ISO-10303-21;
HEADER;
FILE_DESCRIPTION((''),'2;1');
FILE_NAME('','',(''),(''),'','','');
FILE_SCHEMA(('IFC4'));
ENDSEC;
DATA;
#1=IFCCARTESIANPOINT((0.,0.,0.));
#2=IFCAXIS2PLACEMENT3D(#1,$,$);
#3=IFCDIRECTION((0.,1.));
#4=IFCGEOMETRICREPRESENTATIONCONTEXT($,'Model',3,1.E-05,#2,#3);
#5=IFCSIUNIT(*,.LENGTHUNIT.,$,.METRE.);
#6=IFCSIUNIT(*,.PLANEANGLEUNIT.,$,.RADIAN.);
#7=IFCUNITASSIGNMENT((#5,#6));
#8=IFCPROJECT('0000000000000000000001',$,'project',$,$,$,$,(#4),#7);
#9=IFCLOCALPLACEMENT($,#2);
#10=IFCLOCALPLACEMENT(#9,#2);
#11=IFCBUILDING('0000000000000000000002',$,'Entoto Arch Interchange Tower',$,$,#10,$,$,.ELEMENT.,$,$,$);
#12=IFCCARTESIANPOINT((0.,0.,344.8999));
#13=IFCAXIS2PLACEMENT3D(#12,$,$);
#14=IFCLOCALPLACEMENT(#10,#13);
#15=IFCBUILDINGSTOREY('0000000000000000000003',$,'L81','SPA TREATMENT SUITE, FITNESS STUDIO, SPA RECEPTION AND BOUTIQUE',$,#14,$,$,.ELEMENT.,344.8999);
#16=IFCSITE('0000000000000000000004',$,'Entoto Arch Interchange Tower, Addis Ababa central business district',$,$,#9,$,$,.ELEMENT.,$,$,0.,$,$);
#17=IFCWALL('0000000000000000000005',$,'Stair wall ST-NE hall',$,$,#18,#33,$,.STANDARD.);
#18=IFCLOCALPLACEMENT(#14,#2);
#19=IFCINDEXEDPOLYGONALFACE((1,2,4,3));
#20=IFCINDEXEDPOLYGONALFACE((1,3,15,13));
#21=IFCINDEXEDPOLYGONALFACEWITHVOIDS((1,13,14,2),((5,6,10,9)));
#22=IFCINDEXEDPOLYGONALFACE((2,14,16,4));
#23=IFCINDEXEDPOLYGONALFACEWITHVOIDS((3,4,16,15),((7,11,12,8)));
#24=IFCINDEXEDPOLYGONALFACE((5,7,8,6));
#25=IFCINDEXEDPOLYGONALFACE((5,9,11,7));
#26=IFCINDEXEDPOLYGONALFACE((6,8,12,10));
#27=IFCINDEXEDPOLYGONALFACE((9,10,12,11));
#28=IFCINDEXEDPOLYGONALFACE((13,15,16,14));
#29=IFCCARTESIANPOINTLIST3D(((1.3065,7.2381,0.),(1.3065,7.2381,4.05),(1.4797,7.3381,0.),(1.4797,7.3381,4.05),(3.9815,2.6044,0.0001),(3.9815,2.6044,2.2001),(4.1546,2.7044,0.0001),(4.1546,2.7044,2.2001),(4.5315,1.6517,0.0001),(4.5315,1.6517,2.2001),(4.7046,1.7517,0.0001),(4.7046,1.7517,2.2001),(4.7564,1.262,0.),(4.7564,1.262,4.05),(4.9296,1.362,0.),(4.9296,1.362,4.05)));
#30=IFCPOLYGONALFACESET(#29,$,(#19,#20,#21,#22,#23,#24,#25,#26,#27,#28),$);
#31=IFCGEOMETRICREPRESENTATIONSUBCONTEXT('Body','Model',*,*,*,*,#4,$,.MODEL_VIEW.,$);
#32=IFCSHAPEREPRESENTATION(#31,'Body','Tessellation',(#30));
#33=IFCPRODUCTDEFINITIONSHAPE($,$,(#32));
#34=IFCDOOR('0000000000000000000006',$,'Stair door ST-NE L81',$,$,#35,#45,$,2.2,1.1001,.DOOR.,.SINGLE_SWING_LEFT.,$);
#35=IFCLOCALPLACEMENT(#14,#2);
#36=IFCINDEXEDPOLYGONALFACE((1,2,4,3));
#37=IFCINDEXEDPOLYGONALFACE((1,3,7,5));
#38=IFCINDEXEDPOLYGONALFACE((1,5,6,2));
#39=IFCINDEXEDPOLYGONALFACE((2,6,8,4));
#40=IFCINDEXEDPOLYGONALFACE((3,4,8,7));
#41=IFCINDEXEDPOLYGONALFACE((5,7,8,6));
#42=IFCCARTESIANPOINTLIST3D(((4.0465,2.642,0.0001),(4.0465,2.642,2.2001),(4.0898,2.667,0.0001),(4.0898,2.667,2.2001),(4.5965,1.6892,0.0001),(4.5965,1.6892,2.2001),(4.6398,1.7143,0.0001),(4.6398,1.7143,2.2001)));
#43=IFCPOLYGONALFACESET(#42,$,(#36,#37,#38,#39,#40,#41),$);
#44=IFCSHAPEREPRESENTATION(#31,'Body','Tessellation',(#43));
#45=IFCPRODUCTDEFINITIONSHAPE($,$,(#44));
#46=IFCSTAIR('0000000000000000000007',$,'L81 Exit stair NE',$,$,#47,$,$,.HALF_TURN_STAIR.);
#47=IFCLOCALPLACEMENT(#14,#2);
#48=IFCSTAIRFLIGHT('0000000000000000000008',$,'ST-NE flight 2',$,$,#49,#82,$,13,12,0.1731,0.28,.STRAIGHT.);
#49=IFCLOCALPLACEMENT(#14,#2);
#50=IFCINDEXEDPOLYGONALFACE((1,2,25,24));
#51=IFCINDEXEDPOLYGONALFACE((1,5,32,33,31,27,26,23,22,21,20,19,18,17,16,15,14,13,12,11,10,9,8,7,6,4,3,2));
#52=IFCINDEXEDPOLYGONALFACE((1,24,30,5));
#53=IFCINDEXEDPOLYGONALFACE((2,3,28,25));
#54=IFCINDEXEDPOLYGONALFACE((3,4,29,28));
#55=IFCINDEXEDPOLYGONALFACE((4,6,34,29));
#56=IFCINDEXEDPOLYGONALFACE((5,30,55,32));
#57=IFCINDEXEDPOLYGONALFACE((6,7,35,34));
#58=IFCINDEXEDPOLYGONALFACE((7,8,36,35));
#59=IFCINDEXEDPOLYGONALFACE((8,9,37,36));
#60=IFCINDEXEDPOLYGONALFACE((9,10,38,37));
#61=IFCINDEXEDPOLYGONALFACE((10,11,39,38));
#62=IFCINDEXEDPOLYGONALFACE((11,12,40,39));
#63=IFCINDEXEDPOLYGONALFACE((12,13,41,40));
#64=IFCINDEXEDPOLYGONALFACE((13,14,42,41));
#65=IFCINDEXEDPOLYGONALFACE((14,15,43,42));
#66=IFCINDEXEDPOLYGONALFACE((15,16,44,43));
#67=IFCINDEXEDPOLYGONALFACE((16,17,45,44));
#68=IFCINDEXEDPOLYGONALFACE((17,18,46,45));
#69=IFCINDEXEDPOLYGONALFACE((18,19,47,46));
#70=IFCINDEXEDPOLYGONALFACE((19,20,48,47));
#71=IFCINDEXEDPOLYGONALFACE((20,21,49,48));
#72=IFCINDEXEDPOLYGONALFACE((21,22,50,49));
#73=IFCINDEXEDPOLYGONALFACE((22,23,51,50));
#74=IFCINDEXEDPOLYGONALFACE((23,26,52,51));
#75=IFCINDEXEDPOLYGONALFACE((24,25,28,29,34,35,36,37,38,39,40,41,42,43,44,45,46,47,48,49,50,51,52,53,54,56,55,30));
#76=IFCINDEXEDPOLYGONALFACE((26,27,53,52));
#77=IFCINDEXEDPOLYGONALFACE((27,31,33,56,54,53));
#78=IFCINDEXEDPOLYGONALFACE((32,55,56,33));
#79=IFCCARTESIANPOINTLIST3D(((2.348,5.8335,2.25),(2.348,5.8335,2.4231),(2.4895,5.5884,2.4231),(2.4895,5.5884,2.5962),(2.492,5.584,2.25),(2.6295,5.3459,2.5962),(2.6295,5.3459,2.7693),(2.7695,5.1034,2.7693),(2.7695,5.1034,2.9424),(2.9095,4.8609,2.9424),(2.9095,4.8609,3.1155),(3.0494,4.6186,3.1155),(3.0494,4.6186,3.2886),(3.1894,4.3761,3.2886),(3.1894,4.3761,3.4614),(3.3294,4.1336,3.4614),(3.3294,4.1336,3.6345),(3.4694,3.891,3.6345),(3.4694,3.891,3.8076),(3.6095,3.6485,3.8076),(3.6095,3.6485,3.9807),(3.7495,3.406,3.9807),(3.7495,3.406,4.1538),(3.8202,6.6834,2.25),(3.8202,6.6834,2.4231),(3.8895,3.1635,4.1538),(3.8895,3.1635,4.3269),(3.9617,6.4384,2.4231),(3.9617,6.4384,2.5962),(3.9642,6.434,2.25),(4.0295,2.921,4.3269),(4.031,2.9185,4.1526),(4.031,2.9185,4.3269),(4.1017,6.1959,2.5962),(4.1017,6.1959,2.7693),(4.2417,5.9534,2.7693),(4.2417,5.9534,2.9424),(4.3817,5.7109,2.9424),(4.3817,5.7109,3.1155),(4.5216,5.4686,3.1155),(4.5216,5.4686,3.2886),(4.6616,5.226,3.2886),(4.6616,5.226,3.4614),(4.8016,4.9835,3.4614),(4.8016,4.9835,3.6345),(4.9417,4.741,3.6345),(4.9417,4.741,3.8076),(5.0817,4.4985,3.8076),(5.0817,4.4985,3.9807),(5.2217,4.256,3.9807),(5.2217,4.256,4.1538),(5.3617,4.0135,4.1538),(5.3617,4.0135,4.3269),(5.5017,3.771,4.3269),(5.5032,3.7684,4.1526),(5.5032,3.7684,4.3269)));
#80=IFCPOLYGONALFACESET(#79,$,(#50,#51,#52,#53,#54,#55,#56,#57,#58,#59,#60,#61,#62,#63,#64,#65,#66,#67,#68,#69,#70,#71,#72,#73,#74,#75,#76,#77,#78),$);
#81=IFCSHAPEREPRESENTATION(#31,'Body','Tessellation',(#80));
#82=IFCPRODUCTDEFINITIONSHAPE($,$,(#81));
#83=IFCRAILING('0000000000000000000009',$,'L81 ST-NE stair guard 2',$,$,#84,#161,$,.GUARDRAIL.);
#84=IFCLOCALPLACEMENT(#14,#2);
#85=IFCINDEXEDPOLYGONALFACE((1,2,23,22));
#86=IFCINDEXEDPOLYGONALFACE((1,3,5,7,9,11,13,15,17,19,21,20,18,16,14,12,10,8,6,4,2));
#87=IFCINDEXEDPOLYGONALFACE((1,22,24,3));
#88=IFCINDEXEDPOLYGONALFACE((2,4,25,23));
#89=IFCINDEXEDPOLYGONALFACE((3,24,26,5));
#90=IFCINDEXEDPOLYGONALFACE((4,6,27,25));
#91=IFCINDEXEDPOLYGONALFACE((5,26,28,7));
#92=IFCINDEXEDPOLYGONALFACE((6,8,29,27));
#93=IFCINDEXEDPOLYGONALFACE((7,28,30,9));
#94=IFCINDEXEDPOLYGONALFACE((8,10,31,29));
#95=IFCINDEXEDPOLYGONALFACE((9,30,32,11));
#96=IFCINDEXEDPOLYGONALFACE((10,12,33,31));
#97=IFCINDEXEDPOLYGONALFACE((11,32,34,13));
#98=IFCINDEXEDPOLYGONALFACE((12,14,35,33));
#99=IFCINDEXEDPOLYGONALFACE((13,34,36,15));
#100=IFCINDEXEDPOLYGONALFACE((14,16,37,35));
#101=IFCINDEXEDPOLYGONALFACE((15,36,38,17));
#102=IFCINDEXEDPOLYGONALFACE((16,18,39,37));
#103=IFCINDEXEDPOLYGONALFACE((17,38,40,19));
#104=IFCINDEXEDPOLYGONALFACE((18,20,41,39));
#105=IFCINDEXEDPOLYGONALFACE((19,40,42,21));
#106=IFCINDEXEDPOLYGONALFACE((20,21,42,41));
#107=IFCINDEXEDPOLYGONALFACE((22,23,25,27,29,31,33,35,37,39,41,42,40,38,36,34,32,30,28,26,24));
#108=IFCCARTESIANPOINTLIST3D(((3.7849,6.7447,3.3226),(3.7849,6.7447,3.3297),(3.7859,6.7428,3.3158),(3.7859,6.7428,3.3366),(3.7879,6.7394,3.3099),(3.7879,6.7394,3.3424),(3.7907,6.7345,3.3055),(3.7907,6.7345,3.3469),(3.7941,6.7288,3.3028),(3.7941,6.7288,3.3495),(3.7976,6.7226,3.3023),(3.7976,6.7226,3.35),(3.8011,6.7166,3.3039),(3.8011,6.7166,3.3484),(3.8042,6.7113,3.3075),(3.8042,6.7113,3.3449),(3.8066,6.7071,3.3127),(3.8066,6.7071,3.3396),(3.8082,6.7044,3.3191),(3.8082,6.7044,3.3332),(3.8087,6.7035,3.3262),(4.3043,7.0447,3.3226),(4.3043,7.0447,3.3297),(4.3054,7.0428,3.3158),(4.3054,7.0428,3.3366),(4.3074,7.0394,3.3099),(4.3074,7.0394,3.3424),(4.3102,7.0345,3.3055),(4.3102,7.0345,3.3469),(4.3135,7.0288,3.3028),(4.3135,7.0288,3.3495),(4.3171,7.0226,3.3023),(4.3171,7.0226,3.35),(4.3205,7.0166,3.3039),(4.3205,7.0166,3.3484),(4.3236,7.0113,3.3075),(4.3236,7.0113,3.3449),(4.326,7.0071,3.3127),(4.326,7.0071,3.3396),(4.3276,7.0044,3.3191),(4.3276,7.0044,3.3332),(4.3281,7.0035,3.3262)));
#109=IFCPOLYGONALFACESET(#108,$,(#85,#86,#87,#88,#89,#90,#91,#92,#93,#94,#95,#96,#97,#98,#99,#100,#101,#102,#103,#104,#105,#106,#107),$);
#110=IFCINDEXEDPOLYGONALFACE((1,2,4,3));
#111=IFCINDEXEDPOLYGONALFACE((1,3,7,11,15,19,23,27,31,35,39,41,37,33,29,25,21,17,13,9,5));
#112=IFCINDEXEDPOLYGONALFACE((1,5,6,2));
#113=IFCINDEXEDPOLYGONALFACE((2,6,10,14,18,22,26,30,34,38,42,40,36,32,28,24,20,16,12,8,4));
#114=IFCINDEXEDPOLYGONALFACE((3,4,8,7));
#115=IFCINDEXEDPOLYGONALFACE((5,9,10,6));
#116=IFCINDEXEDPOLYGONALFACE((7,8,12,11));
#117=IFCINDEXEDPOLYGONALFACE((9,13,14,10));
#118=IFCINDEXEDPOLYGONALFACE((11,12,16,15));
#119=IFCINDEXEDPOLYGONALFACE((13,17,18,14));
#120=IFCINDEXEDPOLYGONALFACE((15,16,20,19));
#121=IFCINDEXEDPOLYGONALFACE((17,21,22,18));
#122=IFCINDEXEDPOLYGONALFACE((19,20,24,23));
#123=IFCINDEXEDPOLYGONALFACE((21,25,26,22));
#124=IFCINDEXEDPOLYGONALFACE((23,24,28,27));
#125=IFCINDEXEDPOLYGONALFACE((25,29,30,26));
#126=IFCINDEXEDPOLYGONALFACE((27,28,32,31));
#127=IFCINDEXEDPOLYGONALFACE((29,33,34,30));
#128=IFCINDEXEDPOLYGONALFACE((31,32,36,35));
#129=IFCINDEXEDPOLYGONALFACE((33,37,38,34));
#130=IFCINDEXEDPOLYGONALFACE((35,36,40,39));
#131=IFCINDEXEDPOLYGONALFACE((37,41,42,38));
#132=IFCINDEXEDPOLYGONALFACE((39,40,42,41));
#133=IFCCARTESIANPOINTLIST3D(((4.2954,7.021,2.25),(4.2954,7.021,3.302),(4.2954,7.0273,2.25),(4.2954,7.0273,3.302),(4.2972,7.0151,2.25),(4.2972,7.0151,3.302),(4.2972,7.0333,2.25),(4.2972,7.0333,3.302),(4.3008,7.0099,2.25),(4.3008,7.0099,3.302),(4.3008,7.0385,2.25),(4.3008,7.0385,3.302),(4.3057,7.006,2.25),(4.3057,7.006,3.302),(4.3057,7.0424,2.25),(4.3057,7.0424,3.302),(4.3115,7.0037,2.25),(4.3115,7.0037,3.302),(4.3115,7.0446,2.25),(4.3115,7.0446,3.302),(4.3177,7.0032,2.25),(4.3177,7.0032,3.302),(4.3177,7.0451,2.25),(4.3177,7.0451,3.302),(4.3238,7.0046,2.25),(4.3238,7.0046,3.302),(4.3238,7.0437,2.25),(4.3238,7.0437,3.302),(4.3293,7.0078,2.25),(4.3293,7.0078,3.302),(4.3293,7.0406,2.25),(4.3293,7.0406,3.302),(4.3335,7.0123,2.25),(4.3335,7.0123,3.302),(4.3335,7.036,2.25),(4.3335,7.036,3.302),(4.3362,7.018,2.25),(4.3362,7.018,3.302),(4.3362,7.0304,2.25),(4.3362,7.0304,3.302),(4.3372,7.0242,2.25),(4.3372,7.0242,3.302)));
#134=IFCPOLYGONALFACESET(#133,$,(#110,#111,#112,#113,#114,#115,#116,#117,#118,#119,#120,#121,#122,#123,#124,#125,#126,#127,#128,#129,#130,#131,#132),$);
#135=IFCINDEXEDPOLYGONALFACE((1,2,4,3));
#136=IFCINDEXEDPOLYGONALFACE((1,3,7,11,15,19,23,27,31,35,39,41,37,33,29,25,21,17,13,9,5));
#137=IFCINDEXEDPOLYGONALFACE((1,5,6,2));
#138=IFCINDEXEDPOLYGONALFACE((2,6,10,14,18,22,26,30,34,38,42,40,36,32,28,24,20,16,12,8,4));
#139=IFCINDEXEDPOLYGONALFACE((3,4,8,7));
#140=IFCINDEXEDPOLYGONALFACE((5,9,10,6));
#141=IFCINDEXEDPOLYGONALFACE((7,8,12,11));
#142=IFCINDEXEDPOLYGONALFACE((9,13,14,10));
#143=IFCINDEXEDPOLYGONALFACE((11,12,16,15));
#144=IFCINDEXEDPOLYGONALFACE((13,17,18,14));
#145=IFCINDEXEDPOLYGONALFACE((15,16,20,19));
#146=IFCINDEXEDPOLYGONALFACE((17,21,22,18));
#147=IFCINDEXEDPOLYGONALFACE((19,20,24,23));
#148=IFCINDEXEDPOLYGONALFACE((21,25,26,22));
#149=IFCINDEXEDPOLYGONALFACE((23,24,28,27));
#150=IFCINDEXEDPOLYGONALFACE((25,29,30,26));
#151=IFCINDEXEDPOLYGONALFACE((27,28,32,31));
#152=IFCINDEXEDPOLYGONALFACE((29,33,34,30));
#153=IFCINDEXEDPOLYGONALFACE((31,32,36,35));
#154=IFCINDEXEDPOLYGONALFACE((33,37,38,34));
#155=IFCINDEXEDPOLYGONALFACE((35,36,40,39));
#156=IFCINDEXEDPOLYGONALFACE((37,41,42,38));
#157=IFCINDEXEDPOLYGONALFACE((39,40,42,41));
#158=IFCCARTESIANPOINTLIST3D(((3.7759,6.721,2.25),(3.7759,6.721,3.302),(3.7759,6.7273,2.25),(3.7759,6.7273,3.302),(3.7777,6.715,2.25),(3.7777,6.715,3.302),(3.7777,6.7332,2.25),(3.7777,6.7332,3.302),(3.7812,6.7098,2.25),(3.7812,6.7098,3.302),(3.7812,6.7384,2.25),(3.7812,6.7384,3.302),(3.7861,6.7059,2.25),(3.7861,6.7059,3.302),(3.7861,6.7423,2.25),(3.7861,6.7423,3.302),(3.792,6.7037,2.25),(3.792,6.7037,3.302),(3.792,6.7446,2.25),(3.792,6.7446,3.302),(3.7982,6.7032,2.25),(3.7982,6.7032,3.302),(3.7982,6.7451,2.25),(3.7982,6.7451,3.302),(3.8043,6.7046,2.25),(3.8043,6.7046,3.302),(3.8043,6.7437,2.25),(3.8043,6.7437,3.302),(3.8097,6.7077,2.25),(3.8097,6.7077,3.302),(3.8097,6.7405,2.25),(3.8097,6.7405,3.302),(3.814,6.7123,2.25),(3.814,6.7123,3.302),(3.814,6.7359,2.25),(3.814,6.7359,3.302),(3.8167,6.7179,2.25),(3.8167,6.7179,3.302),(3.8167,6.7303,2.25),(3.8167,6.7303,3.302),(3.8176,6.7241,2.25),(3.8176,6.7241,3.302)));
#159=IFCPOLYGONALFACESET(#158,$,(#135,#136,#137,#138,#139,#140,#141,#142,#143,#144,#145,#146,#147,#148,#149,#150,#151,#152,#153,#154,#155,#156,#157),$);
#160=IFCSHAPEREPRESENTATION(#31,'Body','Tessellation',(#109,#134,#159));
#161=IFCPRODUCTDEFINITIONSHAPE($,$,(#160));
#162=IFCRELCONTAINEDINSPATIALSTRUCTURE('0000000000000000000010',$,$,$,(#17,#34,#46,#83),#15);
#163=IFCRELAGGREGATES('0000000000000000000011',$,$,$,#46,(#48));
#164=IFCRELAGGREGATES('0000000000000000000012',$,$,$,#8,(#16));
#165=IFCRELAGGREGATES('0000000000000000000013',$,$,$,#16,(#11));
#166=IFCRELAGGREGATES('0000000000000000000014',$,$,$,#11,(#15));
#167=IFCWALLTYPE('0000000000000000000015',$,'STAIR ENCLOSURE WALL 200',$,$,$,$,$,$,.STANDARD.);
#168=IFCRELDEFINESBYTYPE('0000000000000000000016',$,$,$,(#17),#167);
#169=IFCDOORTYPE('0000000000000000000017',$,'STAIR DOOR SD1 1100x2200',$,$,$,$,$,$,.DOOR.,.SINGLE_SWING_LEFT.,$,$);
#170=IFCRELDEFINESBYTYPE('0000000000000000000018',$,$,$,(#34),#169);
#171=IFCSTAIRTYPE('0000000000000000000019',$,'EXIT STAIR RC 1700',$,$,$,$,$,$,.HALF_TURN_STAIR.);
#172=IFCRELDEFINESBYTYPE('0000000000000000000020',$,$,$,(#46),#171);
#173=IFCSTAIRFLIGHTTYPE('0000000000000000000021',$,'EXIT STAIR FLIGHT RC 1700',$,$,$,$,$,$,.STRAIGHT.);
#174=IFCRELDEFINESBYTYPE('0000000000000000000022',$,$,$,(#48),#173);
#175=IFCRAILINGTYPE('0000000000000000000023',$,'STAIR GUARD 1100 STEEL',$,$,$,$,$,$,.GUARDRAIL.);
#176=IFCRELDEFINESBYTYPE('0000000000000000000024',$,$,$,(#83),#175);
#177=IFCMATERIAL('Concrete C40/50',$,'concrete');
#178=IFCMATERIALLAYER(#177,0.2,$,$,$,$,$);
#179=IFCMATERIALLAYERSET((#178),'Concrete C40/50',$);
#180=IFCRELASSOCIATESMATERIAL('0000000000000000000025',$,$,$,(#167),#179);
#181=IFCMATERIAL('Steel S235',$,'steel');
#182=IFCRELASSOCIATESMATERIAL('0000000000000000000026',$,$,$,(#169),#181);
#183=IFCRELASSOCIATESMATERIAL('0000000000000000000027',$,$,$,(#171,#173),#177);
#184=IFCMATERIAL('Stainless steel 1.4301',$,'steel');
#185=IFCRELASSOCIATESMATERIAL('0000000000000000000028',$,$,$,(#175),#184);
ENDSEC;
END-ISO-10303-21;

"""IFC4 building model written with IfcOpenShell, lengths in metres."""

from ifc_helpers import new_model, si_unit, direction, frame, frame_2d, origin, origin_2d, place, context, subcontext, project, spatial, polyline, rectangle, circle, outline, extrude, material, layer, layer_set, type_object, element, fill, aggregate, save


model = new_model("IFC4")

# Units and contexts
model_context = context("Model", 3, precision=1e-05, world=origin(), true_north=direction((0.0, 1.0)))
body_context = subcontext(model_context, "Body", "Model", "MODEL_VIEW")
ifc_project = project(units=[si_unit("LENGTHUNIT", "METRE"), si_unit("PLANEANGLEUNIT", "RADIAN")], contexts=[model_context])

# Site, building, storey
site_placement = place(None, origin())
site = spatial("IfcSite", under=ifc_project, at=site_placement, Name="Entoto Arch Interchange Tower, Addis Ababa central business district", CompositionType="ELEMENT", RefElevation=0.0)
building_placement = place(site_placement, origin())
building = spatial("IfcBuilding", under=site, at=building_placement, Name="Entoto Arch Interchange Tower", CompositionType="ELEMENT")
storey_placement = place(building_placement, frame((0.0, 0.0, 344.8999)))
storey = spatial("IfcBuildingStorey", under=building, at=storey_placement, Name="L81", Description="SPA TREATMENT SUITE, FITNESS STUDIO, SPA RECEPTION AND BOUTIQUE", CompositionType="ELEMENT", Elevation=344.8999)

# Shared definitions
ifc_material_1 = material(Name="Concrete C40/50", Category="concrete")

# Shared definitions
ifc_layer_1 = layer(ifc_material_1, 0.2)
ifc_layer_set_1 = layer_set([ifc_layer_1], Name="Concrete C40/50")
wall_type_1 = type_object("IfcWallType", Name="STAIR ENCLOSURE WALL 200", PredefinedType="STANDARD", material=ifc_layer_set_1)
ifc_material_2 = material(Name="Steel S235", Category="steel")
door_type_1 = type_object("IfcDoorType", Name="STAIR DOOR SD1 1100x2200", OperationType="SINGLE_SWING_LEFT", PredefinedType="DOOR", material=ifc_material_2)

# Wall, opening, door
wall_1_placement = place(storey_placement, frame((4.843, 1.312, 0.0), z_axis=(0.0, 0.0, 1.0), x_axis=(-0.499963, 0.866047, 0.0)))
wall_1 = element("IfcWall", 1, at=wall_1_placement, inside=storey, type_object=wall_type_1, Name="Stair wall ST-NE hall", PredefinedType="STANDARD", context=body_context, shape_type="SweptSolid", body=[
    extrude(rectangle(XDim=6.9004, YDim=0.2, at=frame_2d((3.4502, 0.0))), origin(), (0.0, 0.0, 1.0), 4.05),
])
opening_1_placement = place(wall_1_placement, frame((0.45, 0.0, 0.0)))
opening_1 = element("IfcOpeningElement", 2, at=opening_1_placement, cuts=wall_1, PredefinedType="OPENING", context=body_context, shape_type="SweptSolid", body=[
    extrude(rectangle(XDim=1.1001, YDim=2.2, at=frame_2d((0.55, 1.1001))), frame((0.0, 0.1099, 0.0), z_axis=(0.0, -1.0, 0.0), x_axis=(1.0, 0.0, 0.0)), (0.0, 0.0, 1.0), 0.22),
])
door_1_placement = place(opening_1_placement, origin())
door_1 = element("IfcDoor", 3, at=door_1_placement, inside=storey, type_object=door_type_1, Name="Stair door ST-NE L81", OperationType="SINGLE_SWING_LEFT", OverallHeight=2.2, OverallWidth=1.1001, PredefinedType="DOOR", context=body_context, shape_type="SweptSolid", body=[
    extrude(rectangle(XDim=1.1001, YDim=2.2, at=frame_2d((0.55, 1.1001))), frame((0.0, 0.0249, 0.0), z_axis=(0.0, -1.0, 0.0), x_axis=(1.0, 0.0, 0.0)), (0.0, 0.0, 1.0), 0.05),
])
fill(opening_1, door_1)

# Stair, stair flight
stair_type = type_object("IfcStairType", Name="EXIT STAIR RC 1700", PredefinedType="HALF_TURN_STAIR", material=ifc_material_1)
stair_placement = place(storey_placement, origin())
stair = element("IfcStair", 4, at=stair_placement, inside=storey, type_object=stair_type, Name="L81 Exit stair NE", PredefinedType="HALF_TURN_STAIR")
stair_flight_type = type_object("IfcStairFlightType", Name="EXIT STAIR FLIGHT RC 1700", PredefinedType="STRAIGHT", material=ifc_material_1)
stair_flight_placement = place(storey_placement, frame((3.0854, 6.2559, 2.25), z_axis=(0.0, 0.0, 1.0), x_axis=(0.5, -0.866025, 0.0)))
stair_flight = element("IfcStairFlight", 5, at=stair_flight_placement, type_object=stair_flight_type, Name="ST-NE flight 2", NumberOfRisers=13, NumberOfTreads=12, PredefinedType="STRAIGHT", RiserHeight=0.1731, TreadLength=0.28, context=body_context, shape_type="SweptSolid", body=[
    extrude(outline(polyline([(-0.0029, 0.0), (-0.0029, 0.1731), (0.28, 0.1731), (0.28, 0.3462), (0.5601, 0.3462), (0.5601, 0.5193), (0.8401, 0.5193), (0.8401, 0.6924), (1.1201, 0.6924), (1.1201, 0.8655), (1.3999, 0.8655), (1.3999, 1.0386), (1.6799, 1.0386), (1.6799, 1.2114), (1.96, 1.2114), (1.96, 1.3845), (2.24, 1.3845), (2.24, 1.5576), (2.52, 1.5576), (2.52, 1.7307), (2.8, 1.7307), (2.8, 1.9038), (3.0801, 1.9038), (3.0801, 2.0769), (3.3601, 2.0769), (3.363, 2.0769), (3.363, 1.9026), (0.2852, 0.0), (-0.0029, 0.0)])), frame((0.0, 0.8501, 0.0), z_axis=(0.0, -1.0, 0.0), x_axis=(1.0, 0.0, 0.0)), (0.0, 0.0, 1.0), 1.7),
])
aggregate(stair, [stair_flight])

# Railing
ifc_material_3 = material(Name="Stainless steel 1.4301", Category="steel")
railing_type_1 = type_object("IfcRailingType", Name="STAIR GUARD 1100 STEEL", PredefinedType="GUARDRAIL", material=ifc_material_3)
railing_1_placement = place(storey_placement, frame((4.3162, 7.0242, 2.25)))
element("IfcRailing", 6, at=railing_1_placement, inside=storey, type_object=railing_type_1, Name="L81 ST-NE stair guard 2", PredefinedType="GUARDRAIL", context=body_context, shape_type="SweptSolid", body=[
    extrude(circle(Radius=0.0239, at=origin_2d()), frame((0.0, 0.0, 1.0762), z_axis=(-0.865955, -0.500122, 0.0), x_axis=(0.500122, -0.865955, 0.0)), (0.0, 0.0, 1.0), 0.5999),
    extrude(circle(Radius=0.021, at=origin_2d()), origin(), (0.0, 0.0, 1.0), 1.052),
    extrude(circle(Radius=0.021, at=origin_2d()), frame((-0.5195, -0.3, 0.0)), (0.0, 0.0, 1.0), 1.052),
])

save(model, "model.ifc")
